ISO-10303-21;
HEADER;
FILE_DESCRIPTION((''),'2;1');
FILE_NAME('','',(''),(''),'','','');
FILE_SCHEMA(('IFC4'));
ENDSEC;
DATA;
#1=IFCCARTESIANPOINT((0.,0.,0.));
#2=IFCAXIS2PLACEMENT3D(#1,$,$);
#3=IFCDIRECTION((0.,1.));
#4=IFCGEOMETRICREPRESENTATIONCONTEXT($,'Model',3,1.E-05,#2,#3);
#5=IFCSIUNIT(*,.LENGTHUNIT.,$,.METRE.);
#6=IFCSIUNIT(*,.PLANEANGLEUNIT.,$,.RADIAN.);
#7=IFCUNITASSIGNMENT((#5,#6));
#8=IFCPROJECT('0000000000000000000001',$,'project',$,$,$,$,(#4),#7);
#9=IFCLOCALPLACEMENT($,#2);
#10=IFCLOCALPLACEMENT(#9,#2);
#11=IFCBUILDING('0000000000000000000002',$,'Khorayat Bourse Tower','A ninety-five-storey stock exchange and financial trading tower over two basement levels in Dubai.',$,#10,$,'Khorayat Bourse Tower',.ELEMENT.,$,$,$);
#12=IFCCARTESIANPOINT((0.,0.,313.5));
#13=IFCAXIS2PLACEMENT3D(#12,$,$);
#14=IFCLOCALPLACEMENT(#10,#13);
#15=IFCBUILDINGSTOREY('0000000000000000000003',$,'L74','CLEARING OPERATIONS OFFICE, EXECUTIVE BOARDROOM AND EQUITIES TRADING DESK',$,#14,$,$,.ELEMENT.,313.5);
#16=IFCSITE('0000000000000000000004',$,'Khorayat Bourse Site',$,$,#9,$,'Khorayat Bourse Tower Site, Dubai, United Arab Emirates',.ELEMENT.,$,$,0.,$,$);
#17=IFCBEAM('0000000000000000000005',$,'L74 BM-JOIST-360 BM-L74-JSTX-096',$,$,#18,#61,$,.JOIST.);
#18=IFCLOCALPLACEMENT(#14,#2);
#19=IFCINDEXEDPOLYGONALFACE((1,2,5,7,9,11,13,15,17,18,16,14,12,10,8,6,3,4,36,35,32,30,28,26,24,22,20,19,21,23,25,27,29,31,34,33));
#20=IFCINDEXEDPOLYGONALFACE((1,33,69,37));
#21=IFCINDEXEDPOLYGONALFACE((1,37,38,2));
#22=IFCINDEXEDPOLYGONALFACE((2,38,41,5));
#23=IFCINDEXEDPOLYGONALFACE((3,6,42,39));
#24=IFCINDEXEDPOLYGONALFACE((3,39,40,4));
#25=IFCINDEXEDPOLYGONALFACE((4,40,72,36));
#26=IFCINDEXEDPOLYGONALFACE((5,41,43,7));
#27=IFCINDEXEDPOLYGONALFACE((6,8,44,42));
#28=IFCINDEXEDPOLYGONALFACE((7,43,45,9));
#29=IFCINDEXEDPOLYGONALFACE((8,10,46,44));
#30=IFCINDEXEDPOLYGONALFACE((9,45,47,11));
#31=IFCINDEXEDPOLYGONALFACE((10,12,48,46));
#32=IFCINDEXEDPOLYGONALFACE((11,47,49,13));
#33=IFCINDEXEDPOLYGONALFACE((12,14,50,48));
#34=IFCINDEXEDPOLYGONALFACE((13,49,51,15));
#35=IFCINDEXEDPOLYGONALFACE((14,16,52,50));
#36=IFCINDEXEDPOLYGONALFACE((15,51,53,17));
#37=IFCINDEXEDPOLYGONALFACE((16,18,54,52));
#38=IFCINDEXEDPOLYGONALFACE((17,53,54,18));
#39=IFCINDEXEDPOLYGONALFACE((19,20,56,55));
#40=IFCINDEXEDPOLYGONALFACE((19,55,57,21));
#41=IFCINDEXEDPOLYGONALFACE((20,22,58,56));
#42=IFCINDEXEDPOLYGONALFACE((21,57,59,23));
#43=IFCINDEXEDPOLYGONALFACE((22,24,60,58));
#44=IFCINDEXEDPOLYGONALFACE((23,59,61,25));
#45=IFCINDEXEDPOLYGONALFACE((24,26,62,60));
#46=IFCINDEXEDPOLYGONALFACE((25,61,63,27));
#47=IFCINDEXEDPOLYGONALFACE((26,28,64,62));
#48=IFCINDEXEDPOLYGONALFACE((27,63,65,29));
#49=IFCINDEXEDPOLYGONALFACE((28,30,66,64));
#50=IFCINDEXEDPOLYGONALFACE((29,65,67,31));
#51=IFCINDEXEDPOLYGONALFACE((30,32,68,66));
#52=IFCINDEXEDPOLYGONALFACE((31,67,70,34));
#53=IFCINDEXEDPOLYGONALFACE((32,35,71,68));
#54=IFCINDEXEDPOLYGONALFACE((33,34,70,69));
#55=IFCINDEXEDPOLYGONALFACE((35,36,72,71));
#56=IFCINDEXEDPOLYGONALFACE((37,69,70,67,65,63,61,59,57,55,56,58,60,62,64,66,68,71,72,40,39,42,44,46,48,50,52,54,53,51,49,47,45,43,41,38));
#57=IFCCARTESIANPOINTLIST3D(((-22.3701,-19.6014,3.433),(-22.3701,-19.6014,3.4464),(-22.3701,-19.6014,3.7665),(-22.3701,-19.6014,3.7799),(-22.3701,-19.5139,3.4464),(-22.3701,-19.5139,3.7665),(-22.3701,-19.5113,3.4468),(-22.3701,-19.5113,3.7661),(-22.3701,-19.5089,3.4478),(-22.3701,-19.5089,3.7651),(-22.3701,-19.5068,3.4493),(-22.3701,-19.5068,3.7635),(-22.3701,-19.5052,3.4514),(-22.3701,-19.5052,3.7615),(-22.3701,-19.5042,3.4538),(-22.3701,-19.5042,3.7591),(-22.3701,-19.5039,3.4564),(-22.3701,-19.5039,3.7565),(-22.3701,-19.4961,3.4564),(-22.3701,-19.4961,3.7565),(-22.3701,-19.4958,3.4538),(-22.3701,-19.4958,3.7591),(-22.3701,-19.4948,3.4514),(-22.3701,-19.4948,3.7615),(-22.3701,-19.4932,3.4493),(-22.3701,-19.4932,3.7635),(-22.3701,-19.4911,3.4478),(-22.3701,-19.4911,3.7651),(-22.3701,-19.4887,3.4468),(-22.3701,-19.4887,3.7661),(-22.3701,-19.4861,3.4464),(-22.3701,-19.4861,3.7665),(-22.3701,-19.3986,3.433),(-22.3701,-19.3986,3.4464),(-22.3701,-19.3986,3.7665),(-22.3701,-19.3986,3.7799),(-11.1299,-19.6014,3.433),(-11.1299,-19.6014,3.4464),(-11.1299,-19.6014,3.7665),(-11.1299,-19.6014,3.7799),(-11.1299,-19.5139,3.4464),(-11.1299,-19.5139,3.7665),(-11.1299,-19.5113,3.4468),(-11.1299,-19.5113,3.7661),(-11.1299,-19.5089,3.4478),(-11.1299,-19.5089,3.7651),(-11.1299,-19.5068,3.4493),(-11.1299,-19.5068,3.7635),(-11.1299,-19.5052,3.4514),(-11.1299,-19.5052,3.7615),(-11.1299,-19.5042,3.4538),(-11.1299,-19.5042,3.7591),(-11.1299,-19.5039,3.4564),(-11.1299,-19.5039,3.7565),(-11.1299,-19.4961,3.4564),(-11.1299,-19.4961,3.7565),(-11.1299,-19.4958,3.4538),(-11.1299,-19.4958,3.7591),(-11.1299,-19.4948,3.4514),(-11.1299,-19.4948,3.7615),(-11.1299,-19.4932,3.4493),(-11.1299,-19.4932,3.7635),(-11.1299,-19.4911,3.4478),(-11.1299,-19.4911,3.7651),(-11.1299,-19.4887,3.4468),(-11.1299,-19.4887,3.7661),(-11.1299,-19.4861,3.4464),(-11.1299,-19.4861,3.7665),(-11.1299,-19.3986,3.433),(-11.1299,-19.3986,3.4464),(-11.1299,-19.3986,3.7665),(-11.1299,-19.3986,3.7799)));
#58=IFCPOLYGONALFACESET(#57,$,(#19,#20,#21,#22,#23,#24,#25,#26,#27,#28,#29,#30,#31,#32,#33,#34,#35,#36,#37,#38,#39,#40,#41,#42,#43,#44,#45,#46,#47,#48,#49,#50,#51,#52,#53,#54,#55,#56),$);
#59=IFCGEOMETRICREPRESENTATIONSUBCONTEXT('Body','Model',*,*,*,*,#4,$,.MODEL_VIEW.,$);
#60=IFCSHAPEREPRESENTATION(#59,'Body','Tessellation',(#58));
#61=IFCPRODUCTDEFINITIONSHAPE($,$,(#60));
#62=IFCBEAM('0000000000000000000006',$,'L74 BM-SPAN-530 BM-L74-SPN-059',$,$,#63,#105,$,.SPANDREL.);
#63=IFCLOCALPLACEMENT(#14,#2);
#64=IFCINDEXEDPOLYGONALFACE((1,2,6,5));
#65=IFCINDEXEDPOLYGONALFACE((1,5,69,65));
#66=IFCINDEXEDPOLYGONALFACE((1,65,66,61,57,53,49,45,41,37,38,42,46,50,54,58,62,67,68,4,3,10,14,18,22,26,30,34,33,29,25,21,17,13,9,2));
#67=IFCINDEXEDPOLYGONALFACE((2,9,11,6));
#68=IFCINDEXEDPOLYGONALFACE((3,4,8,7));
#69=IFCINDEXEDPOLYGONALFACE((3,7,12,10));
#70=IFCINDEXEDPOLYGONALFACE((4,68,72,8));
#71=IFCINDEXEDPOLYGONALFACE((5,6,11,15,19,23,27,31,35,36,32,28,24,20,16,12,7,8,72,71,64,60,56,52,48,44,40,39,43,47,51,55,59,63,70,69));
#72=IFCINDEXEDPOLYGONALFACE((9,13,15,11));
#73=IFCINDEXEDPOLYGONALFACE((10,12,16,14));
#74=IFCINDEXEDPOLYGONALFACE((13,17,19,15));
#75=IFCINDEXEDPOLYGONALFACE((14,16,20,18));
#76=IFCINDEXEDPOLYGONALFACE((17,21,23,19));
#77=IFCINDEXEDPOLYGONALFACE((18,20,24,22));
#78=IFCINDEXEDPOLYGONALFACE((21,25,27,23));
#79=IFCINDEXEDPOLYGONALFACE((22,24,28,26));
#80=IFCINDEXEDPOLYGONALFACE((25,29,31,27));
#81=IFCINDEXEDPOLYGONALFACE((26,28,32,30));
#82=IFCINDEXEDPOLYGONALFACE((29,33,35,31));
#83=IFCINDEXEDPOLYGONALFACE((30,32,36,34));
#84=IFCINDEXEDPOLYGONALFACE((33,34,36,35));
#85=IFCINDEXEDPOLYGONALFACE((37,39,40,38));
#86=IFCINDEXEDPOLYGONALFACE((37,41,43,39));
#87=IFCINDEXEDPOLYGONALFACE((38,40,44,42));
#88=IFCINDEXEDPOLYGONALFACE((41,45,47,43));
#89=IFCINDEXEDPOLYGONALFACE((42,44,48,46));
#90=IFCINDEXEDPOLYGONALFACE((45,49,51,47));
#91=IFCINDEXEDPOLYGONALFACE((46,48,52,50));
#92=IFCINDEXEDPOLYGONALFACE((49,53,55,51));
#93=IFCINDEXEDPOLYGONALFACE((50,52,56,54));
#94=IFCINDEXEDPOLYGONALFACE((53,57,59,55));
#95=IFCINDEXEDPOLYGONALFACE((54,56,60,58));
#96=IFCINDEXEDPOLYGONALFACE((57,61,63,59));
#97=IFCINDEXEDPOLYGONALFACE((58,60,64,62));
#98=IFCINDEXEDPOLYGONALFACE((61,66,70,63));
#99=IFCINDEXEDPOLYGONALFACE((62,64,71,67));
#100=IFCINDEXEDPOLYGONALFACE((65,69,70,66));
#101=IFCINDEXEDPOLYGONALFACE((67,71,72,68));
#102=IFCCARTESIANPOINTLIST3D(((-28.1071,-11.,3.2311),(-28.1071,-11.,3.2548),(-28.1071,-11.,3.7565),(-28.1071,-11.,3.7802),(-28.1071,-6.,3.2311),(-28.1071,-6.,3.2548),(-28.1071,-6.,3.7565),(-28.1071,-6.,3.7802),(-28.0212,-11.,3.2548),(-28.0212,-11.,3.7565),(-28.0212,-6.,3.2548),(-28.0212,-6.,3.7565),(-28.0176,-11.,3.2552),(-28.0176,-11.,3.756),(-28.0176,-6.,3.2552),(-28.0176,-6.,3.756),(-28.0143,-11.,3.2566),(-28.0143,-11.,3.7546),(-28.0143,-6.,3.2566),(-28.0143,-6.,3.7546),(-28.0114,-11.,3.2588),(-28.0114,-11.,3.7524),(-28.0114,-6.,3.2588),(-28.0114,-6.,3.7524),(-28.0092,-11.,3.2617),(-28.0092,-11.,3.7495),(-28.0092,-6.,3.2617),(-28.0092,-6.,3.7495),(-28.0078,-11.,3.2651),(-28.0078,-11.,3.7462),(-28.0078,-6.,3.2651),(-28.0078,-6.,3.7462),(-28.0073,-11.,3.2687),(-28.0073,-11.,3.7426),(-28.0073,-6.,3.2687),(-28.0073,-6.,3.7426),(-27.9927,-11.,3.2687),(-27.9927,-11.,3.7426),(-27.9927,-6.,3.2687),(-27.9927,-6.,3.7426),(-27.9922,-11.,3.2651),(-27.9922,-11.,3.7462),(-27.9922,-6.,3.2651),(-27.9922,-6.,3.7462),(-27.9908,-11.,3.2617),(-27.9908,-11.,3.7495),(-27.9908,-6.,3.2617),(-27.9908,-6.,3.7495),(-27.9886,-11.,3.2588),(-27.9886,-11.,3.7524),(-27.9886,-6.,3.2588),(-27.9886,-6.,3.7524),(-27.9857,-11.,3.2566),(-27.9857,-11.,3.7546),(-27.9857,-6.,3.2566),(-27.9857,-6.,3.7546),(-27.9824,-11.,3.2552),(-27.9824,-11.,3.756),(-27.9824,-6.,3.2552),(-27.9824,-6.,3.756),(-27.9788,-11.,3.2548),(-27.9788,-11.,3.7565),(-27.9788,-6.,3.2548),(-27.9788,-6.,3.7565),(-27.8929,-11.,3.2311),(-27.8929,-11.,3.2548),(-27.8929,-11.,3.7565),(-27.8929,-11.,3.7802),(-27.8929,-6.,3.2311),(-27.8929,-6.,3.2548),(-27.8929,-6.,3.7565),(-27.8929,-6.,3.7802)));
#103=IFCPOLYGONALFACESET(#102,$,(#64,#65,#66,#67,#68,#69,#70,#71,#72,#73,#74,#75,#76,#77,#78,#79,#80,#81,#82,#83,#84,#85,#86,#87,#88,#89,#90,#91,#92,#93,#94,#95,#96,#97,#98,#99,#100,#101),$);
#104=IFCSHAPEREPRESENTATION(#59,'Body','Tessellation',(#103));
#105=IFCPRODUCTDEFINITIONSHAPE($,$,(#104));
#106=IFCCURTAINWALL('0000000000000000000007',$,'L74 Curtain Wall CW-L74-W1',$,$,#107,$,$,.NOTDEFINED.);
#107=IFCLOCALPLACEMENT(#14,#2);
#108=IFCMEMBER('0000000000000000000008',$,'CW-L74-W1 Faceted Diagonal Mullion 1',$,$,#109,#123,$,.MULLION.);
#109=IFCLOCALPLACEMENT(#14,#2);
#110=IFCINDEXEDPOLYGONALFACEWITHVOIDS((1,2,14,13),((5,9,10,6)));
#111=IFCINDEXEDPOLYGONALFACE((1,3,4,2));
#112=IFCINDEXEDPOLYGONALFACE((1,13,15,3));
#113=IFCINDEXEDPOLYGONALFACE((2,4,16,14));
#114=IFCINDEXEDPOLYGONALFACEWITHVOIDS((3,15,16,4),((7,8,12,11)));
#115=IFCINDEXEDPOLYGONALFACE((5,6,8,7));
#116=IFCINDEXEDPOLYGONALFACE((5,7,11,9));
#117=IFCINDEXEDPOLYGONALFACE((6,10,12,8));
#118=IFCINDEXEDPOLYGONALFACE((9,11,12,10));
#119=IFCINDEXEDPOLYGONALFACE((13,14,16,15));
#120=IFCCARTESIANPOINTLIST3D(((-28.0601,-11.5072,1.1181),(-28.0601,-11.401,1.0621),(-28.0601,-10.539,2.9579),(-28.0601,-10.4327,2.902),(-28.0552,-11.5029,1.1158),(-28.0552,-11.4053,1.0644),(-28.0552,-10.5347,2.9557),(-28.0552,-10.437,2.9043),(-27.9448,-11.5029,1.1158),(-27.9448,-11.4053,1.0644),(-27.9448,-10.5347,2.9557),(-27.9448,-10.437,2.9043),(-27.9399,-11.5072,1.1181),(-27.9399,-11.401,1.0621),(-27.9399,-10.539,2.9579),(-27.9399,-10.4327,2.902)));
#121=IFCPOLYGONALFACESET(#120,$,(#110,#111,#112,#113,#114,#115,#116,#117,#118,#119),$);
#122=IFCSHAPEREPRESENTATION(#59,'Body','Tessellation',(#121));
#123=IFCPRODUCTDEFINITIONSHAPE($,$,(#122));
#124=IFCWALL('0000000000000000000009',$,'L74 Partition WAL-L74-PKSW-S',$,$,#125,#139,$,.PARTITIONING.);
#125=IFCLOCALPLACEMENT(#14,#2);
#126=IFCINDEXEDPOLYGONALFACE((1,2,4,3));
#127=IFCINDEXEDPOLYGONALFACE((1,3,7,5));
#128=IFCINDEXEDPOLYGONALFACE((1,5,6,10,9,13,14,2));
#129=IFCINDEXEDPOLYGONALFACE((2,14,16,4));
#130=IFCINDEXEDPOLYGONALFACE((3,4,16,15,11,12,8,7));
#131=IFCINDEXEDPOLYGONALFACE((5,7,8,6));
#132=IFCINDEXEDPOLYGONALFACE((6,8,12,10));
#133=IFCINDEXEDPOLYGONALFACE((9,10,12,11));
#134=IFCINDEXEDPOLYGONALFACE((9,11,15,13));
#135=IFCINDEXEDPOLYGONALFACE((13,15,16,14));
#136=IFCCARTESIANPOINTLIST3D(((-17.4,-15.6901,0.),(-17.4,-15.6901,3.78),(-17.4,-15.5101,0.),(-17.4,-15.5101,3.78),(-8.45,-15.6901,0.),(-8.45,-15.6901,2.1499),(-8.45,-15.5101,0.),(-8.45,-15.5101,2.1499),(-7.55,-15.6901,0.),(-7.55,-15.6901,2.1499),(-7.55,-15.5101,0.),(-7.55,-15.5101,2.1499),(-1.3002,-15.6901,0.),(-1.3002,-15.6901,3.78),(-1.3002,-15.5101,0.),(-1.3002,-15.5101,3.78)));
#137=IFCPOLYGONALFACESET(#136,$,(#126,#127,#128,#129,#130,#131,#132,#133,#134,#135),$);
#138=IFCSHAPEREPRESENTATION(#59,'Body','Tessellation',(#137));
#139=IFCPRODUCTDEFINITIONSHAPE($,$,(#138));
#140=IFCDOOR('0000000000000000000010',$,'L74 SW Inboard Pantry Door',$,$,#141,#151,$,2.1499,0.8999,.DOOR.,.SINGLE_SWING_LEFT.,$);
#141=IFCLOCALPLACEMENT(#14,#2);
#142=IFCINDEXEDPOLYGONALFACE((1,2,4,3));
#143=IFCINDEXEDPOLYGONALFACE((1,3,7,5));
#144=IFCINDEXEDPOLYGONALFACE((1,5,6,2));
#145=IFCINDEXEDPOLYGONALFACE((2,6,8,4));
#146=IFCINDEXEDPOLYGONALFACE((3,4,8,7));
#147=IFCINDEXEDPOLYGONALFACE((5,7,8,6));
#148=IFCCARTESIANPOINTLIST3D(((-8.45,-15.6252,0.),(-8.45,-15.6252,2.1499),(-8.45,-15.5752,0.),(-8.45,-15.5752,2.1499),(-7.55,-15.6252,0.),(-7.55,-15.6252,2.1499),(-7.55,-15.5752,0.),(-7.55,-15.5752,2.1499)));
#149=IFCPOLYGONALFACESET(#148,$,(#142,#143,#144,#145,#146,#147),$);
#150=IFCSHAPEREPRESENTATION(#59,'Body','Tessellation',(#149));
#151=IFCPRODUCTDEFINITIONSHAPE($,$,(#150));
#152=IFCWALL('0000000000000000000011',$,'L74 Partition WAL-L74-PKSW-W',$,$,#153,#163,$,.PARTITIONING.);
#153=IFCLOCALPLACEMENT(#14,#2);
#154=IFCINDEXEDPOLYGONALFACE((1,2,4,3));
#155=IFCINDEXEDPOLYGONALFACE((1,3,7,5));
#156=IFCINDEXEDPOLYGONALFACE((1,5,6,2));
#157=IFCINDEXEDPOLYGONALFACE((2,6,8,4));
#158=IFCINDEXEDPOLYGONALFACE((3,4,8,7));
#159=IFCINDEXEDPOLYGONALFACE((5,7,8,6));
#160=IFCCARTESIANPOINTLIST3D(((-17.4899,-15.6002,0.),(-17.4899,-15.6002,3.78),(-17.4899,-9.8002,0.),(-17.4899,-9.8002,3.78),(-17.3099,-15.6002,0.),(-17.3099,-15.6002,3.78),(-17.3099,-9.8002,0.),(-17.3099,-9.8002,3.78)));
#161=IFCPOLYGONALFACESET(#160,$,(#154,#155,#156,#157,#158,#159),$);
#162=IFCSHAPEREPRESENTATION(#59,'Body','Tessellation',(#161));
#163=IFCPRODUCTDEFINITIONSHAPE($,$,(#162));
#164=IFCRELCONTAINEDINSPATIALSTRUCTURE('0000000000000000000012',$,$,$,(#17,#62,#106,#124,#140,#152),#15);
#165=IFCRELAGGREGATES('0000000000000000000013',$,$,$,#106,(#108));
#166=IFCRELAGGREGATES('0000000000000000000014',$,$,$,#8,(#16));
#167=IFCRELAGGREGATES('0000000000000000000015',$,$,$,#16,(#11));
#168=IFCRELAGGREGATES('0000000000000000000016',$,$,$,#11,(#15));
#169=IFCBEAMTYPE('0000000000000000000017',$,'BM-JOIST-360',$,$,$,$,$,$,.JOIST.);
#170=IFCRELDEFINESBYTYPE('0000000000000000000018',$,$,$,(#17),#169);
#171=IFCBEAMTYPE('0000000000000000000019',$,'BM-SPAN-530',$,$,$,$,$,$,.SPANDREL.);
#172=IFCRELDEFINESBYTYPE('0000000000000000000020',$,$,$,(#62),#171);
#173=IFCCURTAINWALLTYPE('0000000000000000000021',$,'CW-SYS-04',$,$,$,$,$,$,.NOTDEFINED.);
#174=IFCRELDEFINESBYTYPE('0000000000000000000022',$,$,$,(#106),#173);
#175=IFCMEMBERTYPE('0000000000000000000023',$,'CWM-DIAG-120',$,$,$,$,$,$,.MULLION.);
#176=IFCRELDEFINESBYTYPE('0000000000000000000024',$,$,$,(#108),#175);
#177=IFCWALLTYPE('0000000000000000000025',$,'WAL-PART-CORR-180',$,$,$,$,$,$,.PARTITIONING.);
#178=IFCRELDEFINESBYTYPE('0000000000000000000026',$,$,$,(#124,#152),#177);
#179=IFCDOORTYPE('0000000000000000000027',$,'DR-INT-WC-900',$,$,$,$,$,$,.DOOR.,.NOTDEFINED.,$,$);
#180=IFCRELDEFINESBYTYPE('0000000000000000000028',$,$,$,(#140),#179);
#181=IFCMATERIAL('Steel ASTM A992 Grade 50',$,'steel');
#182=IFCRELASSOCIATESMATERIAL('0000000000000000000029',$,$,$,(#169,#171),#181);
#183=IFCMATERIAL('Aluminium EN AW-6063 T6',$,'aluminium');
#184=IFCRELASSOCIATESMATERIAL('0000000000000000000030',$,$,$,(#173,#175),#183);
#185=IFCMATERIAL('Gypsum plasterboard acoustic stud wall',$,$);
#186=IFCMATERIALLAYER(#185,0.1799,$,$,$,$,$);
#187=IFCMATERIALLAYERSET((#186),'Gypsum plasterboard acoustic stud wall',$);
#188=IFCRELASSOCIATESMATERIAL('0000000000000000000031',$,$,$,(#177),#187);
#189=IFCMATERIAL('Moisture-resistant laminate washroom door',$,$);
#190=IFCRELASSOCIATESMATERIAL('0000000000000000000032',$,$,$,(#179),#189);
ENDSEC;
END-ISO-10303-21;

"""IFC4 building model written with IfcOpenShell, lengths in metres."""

from ifc_helpers import new_model, si_unit, direction, frame, frame_2d, origin, origin_2d, place, context, subcontext, project, spatial, rectangle, hollow_rectangle, i_section, extrude, source, transform, mapped, material, layer, layer_set, material_profile, profile_set, type_object, element, fill, aggregate, save


model = new_model("IFC4")

# Units and contexts
model_context = context("Model", 3, precision=1e-05, world=origin(), true_north=direction((0.0, 1.0)))
body_context = subcontext(model_context, "Body", "Model", "MODEL_VIEW")
ifc_project = project(units=[si_unit("LENGTHUNIT", "METRE"), si_unit("PLANEANGLEUNIT", "RADIAN")], contexts=[model_context])

# Site, building, storey
site_placement = place(None, origin())
site = spatial("IfcSite", under=ifc_project, at=site_placement, Name="Khorayat Bourse Site", LongName="Khorayat Bourse Tower Site, Dubai, United Arab Emirates", CompositionType="ELEMENT", RefElevation=0.0)
building_placement = place(site_placement, origin())
building = spatial("IfcBuilding", under=site, at=building_placement, Name="Khorayat Bourse Tower", Description="A ninety-five-storey stock exchange and financial trading tower over two basement levels in Dubai.", LongName="Khorayat Bourse Tower", CompositionType="ELEMENT")
storey_placement = place(building_placement, frame((0.0, 0.0, 313.5)))
storey = spatial("IfcBuildingStorey", under=building, at=storey_placement, Name="L74", Description="CLEARING OPERATIONS OFFICE, EXECUTIVE BOARDROOM AND EQUITIES TRADING DESK", CompositionType="ELEMENT", Elevation=313.5)

# Beams
ifc_material_1 = material(Name="Steel ASTM A992 Grade 50", Category="steel")
ifc_material_profile_1 = material_profile(ifc_material_1, i_section(OverallWidth=0.2029, OverallDepth=0.3469, WebThickness=0.0078, FlangeThickness=0.0134, FilletRadius=0.01, at=origin_2d()), Name="W360X64")
ifc_profile_set_1 = profile_set([ifc_material_profile_1], Name="Steel ASTM A992 Grade 50")
beam_type_1 = type_object("IfcBeamType", Name="BM-JOIST-360", PredefinedType="JOIST", material=ifc_profile_set_1)
shared_shape_1 = source(origin(), body_context, "Body", "SweptSolid", [
    extrude(i_section(OverallWidth=0.2029, OverallDepth=0.3469, WebThickness=0.0078, FlangeThickness=0.0134, FilletRadius=0.01, at=origin_2d()), origin(), (0.0, 0.0, 1.0), 11.2402),
])
beam_1_placement = place(storey_placement, frame((-22.3701, -19.5, 3.6064), z_axis=(1.0, 0.0, 0.0), x_axis=(0.0, 1.0, 0.0)))
element("IfcBeam", 1, at=beam_1_placement, inside=storey, type_object=beam_type_1, Name="L74 BM-JOIST-360 BM-L74-JSTX-096", PredefinedType="JOIST", context=body_context, shape_type="MappedRepresentation", body=[
    mapped(shared_shape_1, transform((0.0, 0.0, 0.0), scale=1.0)),
])
ifc_material_profile_2 = material_profile(ifc_material_1, i_section(OverallWidth=0.2141, OverallDepth=0.5491, WebThickness=0.0146, FlangeThickness=0.0237, FilletRadius=0.0139, at=origin_2d()), Name="W530X138")
ifc_profile_set_2 = profile_set([ifc_material_profile_2], Name="Steel ASTM A992 Grade 50")
beam_type_2 = type_object("IfcBeamType", Name="BM-SPAN-530", PredefinedType="SPANDREL", material=ifc_profile_set_2)
shared_shape_2 = source(origin(), body_context, "Body", "SweptSolid", [
    extrude(i_section(OverallWidth=0.2141, OverallDepth=0.5491, WebThickness=0.0146, FlangeThickness=0.0237, FilletRadius=0.0139, at=origin_2d()), origin(), (0.0, 0.0, 1.0), 5.0),
])
beam_2_placement = place(storey_placement, frame((-28.0, -11.0, 3.5056), z_axis=(0.0, 1.0, 0.0), x_axis=(-1.0, 0.0, 0.0)))
element("IfcBeam", 2, at=beam_2_placement, inside=storey, type_object=beam_type_2, Name="L74 BM-SPAN-530 BM-L74-SPN-059", PredefinedType="SPANDREL", context=body_context, shape_type="MappedRepresentation", body=[
    mapped(shared_shape_2, transform((0.0, 0.0, 0.0), scale=1.0)),
])

# Curtain wall, member
ifc_material_2 = material(Name="Aluminium EN AW-6063 T6", Category="aluminium")
curtain_wall_type = type_object("IfcCurtainWallType", Name="CW-SYS-04", PredefinedType="NOTDEFINED", material=ifc_material_2)
curtain_wall_placement = place(storey_placement, origin())
curtain_wall = element("IfcCurtainWall", 3, at=curtain_wall_placement, inside=storey, type_object=curtain_wall_type, Name="L74 Curtain Wall CW-L74-W1", PredefinedType="NOTDEFINED")
ifc_material_profile_3 = material_profile(ifc_material_2, hollow_rectangle(XDim=0.1201, YDim=0.1201, WallThickness=0.0049, at=origin_2d()), Name="ALU 120x120x5")
ifc_profile_set_3 = profile_set([ifc_material_profile_3], Name="Aluminium EN AW-6063 T6")
member_type_1 = type_object("IfcMemberType", Name="CWM-DIAG-120", PredefinedType="MULLION", material=ifc_profile_set_3)
shared_shape_3 = source(origin(), body_context, "Body", "SweptSolid", [
    extrude(hollow_rectangle(XDim=0.1201, YDim=0.1201, WallThickness=0.0049, at=origin_2d()), origin(), (0.0, 0.0, 1.0), 2.0791),
])
member_1_placement = place(storey_placement, frame((-28.0, -11.4541, 1.0901), z_axis=(0.0, 0.465717, 0.884934), x_axis=(-1.0, 0.0, 0.0)))
member_1 = element("IfcMember", 4, at=member_1_placement, type_object=member_type_1, Name="CW-L74-W1 Faceted Diagonal Mullion 1", PredefinedType="MULLION", context=body_context, shape_type="MappedRepresentation", body=[
    mapped(shared_shape_3, transform((0.0, 0.0, 0.0), scale=1.0)),
])
aggregate(curtain_wall, [member_1])

# Wall, opening, door
ifc_material_3 = material(Name="Gypsum plasterboard acoustic stud wall")
ifc_layer = layer(ifc_material_3, 0.1799)
ifc_layer_set = layer_set([ifc_layer], Name="Gypsum plasterboard acoustic stud wall")
wall_type = type_object("IfcWallType", Name="WAL-PART-CORR-180", PredefinedType="PARTITIONING", material=ifc_layer_set)
shared_shape_4 = source(origin(), body_context, "Body", "SweptSolid", [
    extrude(rectangle(XDim=16.0999, YDim=0.1799, at=frame_2d((8.0498, 0.0))), origin(), (0.0, 0.0, 1.0), 3.78),
])
wall_1_placement = place(storey_placement, frame((-17.3999, -15.6001, 0.0), z_axis=(0.0, 0.0, 1.0), x_axis=(1.0, 0.0, 0.0)))
wall_1 = element("IfcWall", 5, at=wall_1_placement, inside=storey, type_object=wall_type, Name="L74 Partition WAL-L74-PKSW-S", PredefinedType="PARTITIONING", context=body_context, shape_type="MappedRepresentation", body=[
    mapped(shared_shape_4, transform((0.0, 0.0, 0.0), scale=1.0)),
])
shared_shape_5 = source(origin(), body_context, "Body", "SweptSolid", [
    extrude(rectangle(XDim=0.8999, YDim=2.1499, at=frame_2d((0.45, 1.075))), frame((0.0, 0.0999, 0.0), z_axis=(0.0, -1.0, 0.0), x_axis=(1.0, 0.0, 0.0)), (0.0, 0.0, 1.0), 0.2),
])
opening_1_placement = place(wall_1_placement, frame((8.95, 0.0, 0.0)))
opening_1 = element("IfcOpeningElement", 6, at=opening_1_placement, cuts=wall_1, PredefinedType="OPENING", context=body_context, shape_type="MappedRepresentation", body=[
    mapped(shared_shape_5, transform((0.0, 0.0, 0.0), scale=1.0)),
])
ifc_material_4 = material(Name="Moisture-resistant laminate washroom door")
door_type_1 = type_object("IfcDoorType", Name="DR-INT-WC-900", OperationType="NOTDEFINED", PredefinedType="DOOR", material=ifc_material_4)
shared_shape_6 = source(origin(), body_context, "Body", "SweptSolid", [
    extrude(rectangle(XDim=0.8999, YDim=2.1499, at=frame_2d((0.45, 1.075))), frame((0.0, 0.0249, 0.0), z_axis=(0.0, -1.0, 0.0), x_axis=(1.0, 0.0, 0.0)), (0.0, 0.0, 1.0), 0.05),
])
door_1_placement = place(opening_1_placement, origin())
door_1 = element("IfcDoor", 7, at=door_1_placement, inside=storey, type_object=door_type_1, Name="L74 SW Inboard Pantry Door", OperationType="SINGLE_SWING_LEFT", OverallHeight=2.1499, OverallWidth=0.8999, PredefinedType="DOOR", context=body_context, shape_type="MappedRepresentation", body=[
    mapped(shared_shape_6, transform((0.0, 0.0, 0.0), scale=1.0)),
])
fill(opening_1, door_1)

# Wall
shared_shape_7 = source(origin(), body_context, "Body", "SweptSolid", [
    extrude(rectangle(XDim=5.8, YDim=0.1799, at=frame_2d((2.8999, 0.0))), origin(), (0.0, 0.0, 1.0), 3.78),
])
wall_2_placement = place(storey_placement, frame((-17.3999, -15.6001, 0.0), z_axis=(0.0, 0.0, 1.0), x_axis=(0.0, 1.0, 0.0)))
element("IfcWall", 8, at=wall_2_placement, inside=storey, type_object=wall_type, Name="L74 Partition WAL-L74-PKSW-W", PredefinedType="PARTITIONING", context=body_context, shape_type="MappedRepresentation", body=[
    mapped(shared_shape_7, transform((0.0, 0.0, 0.0), scale=1.0)),
])

save(model, "model.ifc")
